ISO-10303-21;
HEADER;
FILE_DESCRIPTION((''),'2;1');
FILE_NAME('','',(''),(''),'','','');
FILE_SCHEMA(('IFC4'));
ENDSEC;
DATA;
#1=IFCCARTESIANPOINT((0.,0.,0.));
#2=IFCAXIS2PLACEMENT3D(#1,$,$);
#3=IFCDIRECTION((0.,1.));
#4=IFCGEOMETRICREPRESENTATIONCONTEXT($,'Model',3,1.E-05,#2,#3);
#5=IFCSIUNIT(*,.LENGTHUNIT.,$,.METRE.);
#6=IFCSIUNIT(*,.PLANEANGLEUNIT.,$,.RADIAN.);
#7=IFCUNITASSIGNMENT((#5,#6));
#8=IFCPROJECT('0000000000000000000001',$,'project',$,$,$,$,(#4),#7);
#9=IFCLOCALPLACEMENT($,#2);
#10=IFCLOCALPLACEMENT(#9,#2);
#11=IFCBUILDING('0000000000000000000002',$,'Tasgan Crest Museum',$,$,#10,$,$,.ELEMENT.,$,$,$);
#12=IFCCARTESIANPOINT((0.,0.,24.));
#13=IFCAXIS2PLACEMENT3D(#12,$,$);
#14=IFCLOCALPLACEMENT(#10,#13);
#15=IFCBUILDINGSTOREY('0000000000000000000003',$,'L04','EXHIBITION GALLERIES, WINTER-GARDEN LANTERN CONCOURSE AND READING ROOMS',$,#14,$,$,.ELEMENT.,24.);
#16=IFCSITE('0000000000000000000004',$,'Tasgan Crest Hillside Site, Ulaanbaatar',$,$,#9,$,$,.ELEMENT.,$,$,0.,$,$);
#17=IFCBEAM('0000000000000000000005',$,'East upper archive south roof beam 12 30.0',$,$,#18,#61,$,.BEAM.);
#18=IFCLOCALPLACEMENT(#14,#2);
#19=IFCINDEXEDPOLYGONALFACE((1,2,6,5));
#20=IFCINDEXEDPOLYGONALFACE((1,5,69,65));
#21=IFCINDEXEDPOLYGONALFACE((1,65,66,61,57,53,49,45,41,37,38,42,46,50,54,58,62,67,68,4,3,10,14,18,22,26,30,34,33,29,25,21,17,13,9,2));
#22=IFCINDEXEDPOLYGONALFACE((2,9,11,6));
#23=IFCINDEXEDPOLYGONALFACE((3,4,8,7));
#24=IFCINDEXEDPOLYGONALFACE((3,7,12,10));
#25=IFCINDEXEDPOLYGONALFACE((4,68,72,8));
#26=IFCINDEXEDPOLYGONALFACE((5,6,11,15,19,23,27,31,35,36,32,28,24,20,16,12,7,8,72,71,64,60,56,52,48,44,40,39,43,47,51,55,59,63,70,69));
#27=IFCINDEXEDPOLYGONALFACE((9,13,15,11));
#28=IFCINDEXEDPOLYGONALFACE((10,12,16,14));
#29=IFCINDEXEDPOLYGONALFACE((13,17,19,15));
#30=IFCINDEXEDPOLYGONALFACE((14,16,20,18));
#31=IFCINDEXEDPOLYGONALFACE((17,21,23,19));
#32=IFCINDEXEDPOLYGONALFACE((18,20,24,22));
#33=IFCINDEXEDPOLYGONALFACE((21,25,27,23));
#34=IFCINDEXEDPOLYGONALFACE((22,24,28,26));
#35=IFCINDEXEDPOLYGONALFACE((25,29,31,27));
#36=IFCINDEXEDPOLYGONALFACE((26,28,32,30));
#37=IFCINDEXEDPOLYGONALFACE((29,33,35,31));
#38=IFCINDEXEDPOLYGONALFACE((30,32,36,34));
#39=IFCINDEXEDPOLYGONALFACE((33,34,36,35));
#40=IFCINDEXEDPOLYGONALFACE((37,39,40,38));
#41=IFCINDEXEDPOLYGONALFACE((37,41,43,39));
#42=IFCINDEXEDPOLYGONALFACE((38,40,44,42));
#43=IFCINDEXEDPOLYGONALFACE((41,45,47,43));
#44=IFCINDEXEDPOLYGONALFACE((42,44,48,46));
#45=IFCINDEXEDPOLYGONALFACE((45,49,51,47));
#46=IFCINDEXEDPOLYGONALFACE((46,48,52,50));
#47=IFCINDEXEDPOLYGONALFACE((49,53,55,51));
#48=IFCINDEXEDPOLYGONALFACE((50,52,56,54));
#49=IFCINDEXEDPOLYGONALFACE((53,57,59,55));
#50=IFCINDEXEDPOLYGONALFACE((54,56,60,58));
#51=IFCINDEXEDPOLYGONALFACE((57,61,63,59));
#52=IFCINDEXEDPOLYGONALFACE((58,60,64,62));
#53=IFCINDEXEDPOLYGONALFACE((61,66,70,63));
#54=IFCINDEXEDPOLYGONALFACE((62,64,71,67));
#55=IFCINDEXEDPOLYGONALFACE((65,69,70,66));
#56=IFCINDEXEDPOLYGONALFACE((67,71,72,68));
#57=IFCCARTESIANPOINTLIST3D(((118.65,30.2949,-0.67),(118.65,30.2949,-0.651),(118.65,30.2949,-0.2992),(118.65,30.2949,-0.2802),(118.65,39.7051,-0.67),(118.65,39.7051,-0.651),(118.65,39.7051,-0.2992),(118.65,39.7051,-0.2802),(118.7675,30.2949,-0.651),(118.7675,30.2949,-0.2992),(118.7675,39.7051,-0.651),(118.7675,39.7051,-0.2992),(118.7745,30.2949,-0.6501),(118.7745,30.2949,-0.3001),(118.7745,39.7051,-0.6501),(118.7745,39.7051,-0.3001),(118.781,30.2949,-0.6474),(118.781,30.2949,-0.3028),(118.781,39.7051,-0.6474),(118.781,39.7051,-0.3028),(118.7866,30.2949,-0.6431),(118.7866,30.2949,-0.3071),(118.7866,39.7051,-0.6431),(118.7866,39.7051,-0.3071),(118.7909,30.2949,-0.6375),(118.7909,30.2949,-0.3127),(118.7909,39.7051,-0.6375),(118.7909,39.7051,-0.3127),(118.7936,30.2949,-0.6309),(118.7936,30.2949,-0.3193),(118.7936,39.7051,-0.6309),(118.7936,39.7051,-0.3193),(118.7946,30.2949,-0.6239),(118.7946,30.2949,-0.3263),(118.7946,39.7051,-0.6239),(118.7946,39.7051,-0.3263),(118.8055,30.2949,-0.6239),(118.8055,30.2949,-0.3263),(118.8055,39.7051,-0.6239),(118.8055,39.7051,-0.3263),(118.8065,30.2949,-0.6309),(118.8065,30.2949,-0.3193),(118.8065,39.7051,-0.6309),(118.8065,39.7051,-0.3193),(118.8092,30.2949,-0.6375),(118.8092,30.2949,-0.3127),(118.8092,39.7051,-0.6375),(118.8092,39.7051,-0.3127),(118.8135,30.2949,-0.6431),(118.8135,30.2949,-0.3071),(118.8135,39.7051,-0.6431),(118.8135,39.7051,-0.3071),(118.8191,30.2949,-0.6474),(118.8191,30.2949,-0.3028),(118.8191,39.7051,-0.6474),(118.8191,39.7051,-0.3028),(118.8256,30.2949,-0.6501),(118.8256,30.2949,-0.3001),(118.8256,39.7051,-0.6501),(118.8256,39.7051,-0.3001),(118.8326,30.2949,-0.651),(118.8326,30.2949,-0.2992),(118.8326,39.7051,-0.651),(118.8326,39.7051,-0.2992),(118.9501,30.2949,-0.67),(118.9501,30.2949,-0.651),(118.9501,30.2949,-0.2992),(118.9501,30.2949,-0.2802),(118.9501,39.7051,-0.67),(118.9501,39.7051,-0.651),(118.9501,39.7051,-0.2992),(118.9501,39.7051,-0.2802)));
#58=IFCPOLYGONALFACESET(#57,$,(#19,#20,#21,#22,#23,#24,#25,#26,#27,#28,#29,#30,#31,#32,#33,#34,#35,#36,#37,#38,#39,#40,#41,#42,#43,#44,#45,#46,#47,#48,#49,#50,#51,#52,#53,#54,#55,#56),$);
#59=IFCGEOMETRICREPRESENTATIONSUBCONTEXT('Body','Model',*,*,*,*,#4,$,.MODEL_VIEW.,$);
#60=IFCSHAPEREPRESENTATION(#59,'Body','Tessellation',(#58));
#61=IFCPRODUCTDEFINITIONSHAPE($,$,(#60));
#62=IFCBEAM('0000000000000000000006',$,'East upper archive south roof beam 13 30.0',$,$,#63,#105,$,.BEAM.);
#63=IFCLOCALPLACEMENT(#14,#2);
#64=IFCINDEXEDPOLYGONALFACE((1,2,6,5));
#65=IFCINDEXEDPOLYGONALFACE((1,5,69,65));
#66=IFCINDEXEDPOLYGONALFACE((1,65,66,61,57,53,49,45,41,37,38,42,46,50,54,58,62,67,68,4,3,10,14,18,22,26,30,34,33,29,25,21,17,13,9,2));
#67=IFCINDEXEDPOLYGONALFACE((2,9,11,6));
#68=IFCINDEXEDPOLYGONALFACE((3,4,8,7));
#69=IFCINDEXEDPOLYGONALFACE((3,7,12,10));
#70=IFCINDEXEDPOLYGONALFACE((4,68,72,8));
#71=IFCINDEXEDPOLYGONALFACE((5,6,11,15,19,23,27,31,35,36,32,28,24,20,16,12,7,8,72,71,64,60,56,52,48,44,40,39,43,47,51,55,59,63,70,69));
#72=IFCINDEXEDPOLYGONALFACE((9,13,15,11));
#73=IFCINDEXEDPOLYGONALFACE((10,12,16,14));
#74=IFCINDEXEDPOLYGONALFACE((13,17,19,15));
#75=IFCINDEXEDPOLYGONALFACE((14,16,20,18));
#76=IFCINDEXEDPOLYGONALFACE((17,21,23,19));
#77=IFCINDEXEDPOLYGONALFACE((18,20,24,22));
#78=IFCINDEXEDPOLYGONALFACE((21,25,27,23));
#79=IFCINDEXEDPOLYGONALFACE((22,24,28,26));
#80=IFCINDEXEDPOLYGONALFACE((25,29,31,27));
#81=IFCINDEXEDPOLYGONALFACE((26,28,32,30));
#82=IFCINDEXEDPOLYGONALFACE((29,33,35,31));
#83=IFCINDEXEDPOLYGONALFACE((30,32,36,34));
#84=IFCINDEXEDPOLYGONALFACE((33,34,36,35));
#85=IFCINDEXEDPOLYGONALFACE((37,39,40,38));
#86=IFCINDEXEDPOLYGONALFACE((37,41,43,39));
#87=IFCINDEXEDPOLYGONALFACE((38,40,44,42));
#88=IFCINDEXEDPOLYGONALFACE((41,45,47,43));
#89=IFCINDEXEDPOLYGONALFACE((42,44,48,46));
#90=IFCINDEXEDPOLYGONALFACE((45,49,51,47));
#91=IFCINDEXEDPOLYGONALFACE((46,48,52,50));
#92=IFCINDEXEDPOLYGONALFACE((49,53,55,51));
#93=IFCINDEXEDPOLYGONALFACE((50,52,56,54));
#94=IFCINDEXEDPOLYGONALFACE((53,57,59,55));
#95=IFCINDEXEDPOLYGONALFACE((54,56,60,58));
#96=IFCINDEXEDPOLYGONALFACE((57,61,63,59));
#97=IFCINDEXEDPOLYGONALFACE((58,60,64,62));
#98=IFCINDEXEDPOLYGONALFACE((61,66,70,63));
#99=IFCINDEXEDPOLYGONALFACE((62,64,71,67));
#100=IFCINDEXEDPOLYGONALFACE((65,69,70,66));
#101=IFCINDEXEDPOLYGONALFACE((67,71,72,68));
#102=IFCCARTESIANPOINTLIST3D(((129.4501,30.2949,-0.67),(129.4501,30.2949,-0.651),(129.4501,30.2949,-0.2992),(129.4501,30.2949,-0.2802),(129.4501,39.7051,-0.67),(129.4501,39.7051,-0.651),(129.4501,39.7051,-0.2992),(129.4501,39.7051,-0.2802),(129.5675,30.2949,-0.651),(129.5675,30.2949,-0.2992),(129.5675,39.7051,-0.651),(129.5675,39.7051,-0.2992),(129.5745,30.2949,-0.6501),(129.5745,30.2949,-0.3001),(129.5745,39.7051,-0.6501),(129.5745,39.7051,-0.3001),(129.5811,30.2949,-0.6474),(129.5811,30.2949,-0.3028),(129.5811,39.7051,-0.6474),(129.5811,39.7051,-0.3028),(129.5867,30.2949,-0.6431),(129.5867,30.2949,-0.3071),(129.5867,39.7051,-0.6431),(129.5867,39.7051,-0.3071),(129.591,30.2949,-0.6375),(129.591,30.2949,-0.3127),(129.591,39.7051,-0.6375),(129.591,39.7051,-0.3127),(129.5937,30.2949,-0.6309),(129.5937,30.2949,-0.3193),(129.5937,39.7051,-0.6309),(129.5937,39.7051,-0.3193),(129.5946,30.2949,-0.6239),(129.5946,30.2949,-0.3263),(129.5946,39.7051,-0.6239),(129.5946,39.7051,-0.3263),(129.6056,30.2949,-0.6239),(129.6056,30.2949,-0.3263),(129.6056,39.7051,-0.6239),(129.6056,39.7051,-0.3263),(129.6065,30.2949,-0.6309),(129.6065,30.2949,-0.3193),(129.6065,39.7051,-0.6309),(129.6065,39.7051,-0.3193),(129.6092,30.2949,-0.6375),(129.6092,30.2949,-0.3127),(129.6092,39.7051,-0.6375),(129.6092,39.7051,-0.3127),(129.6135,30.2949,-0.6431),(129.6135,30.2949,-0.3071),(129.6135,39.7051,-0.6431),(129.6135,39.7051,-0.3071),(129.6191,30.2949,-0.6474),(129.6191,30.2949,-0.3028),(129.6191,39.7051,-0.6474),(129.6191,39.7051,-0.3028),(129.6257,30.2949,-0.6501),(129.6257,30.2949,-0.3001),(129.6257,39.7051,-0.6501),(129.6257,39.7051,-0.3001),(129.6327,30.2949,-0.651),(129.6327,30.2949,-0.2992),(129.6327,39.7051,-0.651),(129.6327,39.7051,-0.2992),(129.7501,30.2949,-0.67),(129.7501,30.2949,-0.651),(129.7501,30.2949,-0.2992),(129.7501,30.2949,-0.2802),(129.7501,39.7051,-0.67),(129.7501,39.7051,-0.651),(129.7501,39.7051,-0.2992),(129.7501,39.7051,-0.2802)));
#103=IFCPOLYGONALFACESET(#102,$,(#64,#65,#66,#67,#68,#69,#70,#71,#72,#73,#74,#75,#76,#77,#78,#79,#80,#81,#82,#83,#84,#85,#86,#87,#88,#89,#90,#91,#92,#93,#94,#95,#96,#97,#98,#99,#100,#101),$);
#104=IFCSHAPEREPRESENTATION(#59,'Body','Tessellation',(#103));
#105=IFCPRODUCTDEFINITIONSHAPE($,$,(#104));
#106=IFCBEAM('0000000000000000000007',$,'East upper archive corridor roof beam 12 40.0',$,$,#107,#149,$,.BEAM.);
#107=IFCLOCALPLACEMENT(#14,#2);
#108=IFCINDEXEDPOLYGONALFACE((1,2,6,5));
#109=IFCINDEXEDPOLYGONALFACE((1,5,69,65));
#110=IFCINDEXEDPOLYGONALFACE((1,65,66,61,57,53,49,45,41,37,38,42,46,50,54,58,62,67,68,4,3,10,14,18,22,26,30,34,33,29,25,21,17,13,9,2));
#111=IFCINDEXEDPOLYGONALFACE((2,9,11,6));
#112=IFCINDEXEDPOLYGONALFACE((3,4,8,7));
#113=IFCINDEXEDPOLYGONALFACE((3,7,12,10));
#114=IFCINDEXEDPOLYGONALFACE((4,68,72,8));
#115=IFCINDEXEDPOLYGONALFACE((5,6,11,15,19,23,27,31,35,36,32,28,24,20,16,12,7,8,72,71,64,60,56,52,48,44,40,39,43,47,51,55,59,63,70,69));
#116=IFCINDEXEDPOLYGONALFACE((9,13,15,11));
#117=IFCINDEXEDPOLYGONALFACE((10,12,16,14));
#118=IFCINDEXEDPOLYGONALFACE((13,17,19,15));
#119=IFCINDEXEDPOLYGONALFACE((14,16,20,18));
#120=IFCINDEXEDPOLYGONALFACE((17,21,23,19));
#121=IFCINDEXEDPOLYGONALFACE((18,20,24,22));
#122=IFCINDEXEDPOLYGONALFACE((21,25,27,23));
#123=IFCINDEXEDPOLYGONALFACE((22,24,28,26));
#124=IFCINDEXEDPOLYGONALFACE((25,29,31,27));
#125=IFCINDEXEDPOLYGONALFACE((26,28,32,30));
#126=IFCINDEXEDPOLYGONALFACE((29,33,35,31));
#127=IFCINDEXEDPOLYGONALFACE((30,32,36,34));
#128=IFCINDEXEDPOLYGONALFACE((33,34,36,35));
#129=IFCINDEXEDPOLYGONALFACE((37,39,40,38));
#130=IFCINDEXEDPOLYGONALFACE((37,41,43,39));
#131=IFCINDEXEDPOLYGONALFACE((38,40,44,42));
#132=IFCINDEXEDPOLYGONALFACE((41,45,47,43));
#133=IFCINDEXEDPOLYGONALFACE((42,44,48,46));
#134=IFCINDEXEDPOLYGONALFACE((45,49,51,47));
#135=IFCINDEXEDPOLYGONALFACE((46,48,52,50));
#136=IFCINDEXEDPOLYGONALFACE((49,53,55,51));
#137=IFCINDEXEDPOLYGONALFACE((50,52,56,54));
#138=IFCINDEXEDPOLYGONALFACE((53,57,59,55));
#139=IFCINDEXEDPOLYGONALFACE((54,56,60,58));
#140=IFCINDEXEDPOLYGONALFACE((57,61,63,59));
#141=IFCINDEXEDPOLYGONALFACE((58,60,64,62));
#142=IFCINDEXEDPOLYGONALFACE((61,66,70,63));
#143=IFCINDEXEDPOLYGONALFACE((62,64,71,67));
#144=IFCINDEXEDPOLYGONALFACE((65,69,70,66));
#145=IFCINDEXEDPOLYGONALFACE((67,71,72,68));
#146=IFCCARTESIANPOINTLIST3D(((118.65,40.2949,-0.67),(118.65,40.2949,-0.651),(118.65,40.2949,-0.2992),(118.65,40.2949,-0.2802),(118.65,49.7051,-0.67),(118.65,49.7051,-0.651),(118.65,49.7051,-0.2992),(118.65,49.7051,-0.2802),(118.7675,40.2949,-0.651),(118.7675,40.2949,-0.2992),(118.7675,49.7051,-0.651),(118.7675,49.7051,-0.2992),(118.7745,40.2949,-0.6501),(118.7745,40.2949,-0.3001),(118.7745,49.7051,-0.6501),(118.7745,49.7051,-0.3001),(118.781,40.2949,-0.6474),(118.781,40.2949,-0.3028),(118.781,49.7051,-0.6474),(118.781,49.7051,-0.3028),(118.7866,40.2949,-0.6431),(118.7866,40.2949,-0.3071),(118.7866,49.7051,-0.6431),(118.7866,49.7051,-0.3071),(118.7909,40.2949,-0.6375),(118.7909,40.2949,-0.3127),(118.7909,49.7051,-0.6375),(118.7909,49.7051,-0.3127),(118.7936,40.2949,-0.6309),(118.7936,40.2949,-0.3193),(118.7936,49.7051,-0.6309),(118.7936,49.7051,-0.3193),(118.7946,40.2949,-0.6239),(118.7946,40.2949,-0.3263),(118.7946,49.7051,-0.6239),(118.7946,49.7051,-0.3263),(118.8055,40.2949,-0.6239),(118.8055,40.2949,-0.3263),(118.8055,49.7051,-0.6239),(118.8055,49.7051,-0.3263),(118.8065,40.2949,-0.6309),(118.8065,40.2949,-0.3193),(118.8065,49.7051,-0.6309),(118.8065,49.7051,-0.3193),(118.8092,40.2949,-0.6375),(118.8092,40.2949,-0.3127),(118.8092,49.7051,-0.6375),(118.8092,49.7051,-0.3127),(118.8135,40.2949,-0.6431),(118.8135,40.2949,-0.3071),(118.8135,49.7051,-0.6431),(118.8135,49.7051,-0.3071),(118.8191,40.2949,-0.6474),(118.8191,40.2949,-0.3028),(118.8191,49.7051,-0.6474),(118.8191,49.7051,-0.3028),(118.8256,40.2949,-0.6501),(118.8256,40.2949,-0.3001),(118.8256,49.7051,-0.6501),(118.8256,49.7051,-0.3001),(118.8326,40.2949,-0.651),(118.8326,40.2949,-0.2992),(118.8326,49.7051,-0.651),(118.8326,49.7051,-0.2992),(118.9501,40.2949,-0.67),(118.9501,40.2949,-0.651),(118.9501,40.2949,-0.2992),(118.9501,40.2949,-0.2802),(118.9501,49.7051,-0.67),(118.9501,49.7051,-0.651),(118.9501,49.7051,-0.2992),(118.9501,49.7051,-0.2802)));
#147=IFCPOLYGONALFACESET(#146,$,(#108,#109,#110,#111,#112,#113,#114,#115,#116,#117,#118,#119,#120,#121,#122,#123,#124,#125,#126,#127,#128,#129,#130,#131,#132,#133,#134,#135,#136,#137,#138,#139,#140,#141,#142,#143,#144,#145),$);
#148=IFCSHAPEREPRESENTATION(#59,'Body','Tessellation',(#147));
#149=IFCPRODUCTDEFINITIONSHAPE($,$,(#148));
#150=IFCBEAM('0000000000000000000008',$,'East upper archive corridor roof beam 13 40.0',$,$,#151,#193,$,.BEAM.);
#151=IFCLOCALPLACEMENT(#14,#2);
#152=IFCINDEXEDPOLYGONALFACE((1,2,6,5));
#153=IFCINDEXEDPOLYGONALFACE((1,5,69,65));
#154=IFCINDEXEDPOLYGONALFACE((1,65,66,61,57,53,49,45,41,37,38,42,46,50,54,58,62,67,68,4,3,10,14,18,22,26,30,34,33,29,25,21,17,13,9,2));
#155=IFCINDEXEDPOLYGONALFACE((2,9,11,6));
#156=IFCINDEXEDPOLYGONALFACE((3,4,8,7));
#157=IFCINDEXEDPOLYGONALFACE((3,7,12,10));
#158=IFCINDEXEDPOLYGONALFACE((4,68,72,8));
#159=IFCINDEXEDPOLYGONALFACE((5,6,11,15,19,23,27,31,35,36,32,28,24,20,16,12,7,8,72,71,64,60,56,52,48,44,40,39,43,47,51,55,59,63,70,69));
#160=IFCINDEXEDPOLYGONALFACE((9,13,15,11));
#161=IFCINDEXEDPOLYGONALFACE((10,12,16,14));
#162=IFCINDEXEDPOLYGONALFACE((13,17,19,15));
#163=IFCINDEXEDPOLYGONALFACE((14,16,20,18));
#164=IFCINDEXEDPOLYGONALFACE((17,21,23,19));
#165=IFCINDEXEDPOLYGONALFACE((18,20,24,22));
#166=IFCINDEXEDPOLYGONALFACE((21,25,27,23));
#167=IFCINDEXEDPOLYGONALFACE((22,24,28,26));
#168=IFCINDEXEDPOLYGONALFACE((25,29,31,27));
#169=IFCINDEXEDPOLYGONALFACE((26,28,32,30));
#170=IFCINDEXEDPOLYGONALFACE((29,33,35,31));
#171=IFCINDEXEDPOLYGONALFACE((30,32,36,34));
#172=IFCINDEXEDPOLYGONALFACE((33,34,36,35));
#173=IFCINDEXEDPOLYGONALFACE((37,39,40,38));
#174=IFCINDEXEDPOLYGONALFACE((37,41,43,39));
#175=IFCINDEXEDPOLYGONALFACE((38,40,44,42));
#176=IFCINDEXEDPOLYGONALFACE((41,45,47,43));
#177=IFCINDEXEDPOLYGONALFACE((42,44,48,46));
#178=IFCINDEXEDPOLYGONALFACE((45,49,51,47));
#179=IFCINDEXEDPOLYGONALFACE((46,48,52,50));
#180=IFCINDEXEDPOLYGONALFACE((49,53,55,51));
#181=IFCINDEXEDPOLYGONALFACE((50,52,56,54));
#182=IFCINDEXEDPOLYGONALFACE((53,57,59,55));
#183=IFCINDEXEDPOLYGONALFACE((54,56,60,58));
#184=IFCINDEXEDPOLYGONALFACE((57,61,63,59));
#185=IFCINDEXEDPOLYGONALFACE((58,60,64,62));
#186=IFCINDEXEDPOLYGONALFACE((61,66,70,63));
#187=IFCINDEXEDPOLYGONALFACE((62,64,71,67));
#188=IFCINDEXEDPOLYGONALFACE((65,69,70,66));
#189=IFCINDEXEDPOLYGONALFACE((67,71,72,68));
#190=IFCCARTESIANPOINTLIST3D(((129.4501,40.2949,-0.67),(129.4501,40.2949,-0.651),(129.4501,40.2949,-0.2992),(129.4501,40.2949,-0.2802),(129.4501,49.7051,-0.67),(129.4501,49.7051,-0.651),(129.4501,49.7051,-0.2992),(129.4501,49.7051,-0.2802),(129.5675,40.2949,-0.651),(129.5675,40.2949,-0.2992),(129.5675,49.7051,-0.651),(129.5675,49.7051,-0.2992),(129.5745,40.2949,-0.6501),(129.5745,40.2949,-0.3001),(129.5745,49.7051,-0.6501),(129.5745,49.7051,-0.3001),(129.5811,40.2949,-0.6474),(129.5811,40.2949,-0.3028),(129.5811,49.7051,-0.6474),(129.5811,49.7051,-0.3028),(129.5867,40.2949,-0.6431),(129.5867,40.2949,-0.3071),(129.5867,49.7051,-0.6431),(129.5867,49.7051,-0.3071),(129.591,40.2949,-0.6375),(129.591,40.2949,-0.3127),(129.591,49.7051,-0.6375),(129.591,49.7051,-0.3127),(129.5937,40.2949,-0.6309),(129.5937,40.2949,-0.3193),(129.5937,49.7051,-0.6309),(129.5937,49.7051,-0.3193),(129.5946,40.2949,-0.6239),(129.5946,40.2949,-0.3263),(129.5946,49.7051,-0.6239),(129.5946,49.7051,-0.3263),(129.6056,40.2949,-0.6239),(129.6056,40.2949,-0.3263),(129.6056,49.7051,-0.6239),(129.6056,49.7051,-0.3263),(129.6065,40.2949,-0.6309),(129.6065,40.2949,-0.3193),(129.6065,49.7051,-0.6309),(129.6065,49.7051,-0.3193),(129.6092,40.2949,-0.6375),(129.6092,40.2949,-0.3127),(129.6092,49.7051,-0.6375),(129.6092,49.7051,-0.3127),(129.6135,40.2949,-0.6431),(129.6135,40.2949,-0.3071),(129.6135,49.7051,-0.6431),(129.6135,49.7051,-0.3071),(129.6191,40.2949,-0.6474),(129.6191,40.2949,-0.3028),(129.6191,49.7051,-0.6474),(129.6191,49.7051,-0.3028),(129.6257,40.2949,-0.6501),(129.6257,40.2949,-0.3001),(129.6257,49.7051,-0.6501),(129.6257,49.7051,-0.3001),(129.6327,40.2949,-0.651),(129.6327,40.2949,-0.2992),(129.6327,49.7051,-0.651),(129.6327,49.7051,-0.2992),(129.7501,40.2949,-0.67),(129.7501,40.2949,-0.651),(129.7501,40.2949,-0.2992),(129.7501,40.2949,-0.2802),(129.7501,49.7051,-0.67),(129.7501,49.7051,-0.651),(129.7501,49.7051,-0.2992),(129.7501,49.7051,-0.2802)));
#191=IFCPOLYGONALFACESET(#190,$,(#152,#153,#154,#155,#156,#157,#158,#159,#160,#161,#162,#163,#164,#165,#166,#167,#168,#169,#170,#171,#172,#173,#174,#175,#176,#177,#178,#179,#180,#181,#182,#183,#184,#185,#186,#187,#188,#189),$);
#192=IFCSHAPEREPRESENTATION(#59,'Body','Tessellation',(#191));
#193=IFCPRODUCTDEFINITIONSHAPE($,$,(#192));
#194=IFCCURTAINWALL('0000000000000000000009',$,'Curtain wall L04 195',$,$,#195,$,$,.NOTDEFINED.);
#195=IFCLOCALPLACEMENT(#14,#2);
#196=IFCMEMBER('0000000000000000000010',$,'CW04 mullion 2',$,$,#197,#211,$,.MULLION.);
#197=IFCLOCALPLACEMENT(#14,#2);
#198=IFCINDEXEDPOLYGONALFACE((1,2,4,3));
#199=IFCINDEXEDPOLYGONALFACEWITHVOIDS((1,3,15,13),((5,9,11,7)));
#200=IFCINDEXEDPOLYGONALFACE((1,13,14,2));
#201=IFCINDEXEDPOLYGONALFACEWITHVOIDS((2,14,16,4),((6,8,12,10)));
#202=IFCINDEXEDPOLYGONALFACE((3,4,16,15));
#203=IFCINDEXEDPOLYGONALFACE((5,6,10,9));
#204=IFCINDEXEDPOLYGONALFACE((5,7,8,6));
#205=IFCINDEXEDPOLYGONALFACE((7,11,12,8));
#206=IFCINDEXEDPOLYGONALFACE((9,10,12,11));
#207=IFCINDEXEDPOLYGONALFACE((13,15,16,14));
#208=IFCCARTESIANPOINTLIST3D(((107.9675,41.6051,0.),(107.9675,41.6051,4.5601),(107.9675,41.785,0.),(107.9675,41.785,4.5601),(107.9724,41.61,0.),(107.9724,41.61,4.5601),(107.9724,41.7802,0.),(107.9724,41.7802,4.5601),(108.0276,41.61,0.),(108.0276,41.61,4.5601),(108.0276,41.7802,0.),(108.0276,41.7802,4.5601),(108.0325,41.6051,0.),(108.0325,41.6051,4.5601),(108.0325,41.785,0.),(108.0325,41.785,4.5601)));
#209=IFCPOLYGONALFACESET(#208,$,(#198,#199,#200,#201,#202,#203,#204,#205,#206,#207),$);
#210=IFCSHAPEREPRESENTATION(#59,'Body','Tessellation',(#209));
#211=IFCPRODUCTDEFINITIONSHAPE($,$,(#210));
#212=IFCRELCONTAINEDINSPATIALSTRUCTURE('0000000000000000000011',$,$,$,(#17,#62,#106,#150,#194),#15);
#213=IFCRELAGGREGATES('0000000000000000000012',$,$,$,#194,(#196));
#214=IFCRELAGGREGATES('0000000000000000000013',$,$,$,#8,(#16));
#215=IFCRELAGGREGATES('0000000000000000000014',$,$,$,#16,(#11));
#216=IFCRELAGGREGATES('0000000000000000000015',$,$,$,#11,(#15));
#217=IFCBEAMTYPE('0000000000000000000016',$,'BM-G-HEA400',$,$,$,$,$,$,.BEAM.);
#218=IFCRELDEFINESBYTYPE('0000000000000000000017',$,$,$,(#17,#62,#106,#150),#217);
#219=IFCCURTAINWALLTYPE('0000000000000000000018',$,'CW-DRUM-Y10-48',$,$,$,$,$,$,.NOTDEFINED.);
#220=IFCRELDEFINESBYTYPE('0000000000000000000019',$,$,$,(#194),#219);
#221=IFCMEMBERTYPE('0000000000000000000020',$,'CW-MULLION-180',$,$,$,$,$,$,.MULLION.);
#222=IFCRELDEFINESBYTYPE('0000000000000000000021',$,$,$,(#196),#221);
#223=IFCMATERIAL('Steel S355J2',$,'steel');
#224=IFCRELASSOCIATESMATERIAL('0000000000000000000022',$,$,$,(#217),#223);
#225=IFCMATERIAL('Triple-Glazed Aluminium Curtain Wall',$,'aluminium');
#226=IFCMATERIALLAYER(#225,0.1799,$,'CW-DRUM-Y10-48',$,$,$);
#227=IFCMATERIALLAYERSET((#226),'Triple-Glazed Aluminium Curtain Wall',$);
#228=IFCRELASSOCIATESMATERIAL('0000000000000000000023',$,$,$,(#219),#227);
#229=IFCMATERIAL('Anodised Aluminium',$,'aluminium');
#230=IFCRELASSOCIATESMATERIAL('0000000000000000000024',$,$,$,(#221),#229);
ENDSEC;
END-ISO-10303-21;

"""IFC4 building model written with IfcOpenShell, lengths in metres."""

from ifc_helpers import new_model, si_unit, direction, frame, origin, origin_2d, place, context, subcontext, project, spatial, hollow_rectangle, i_section, extrude, material, layer, layer_set, material_profile, profile_set, type_object, element, aggregate, save


model = new_model("IFC4")

# Units and contexts
model_context = context("Model", 3, precision=1e-05, world=origin(), true_north=direction((0.0, 1.0)))
body_context = subcontext(model_context, "Body", "Model", "MODEL_VIEW")
ifc_project = project(units=[si_unit("LENGTHUNIT", "METRE"), si_unit("PLANEANGLEUNIT", "RADIAN")], contexts=[model_context])

# Site, building, storey
site_placement = place(None, origin())
site = spatial("IfcSite", under=ifc_project, at=site_placement, Name="Tasgan Crest Hillside Site, Ulaanbaatar", CompositionType="ELEMENT", RefElevation=0.0)
building_placement = place(site_placement, origin())
building = spatial("IfcBuilding", under=site, at=building_placement, Name="Tasgan Crest Museum", CompositionType="ELEMENT")
storey_placement = place(building_placement, frame((0.0, 0.0, 24.0)))
storey = spatial("IfcBuildingStorey", under=building, at=storey_placement, Name="L04", Description="EXHIBITION GALLERIES, WINTER-GARDEN LANTERN CONCOURSE AND READING ROOMS", CompositionType="ELEMENT", Elevation=24.0)

# Beams
ifc_material_1 = material(Name="Steel S355J2", Category="steel")
ifc_material_profile_1 = material_profile(ifc_material_1, i_section(OverallWidth=0.3, OverallDepth=0.3899, WebThickness=0.011, FlangeThickness=0.019, FilletRadius=0.0271, at=origin_2d()), Name="HEA 400")
ifc_profile_set_1 = profile_set([ifc_material_profile_1], Name="Steel S355J2")
beam_type = type_object("IfcBeamType", Name="BM-G-HEA400", PredefinedType="BEAM", material=ifc_profile_set_1)
for number, where, z_axis, x_axis, name in (
    (1, (118.8, 30.2949, -0.4751), (0.0, 1.0, 0.0), (-1.0, 0.0, 0.0), "East upper archive south roof beam 12 30.0"),
    (2, (129.6001, 30.2949, -0.4751), (0.0, 1.0, 0.0), (-1.0, 0.0, 0.0), "East upper archive south roof beam 13 30.0"),
    (3, (118.8, 40.2949, -0.4751), (0.0, 1.0, 0.0), (-1.0, 0.0, 0.0), "East upper archive corridor roof beam 12 40.0"),
    (4, (129.6001, 40.2949, -0.4751), (0.0, 1.0, 0.0), (-1.0, 0.0, 0.0), "East upper archive corridor roof beam 13 40.0"),
):
    element("IfcBeam", number, at=place(storey_placement, frame(where, z_axis=z_axis, x_axis=x_axis)), inside=storey, type_object=beam_type, Name=name, PredefinedType="BEAM", context=body_context, shape_type="SweptSolid", body=[
        extrude(i_section(OverallWidth=0.3, OverallDepth=0.3899, WebThickness=0.011, FlangeThickness=0.019, FilletRadius=0.0271, at=origin_2d()), origin(), (0.0, 0.0, 1.0), 9.4102),
    ])

# Curtain wall, member
ifc_material_2 = material(Name="Triple-Glazed Aluminium Curtain Wall", Category="aluminium")
ifc_layer_1 = layer(ifc_material_2, 0.1799, Name="CW-DRUM-Y10-48")
ifc_layer_set_1 = layer_set([ifc_layer_1], Name="Triple-Glazed Aluminium Curtain Wall")
curtain_wall_type = type_object("IfcCurtainWallType", Name="CW-DRUM-Y10-48", PredefinedType="NOTDEFINED", material=ifc_layer_set_1)
curtain_wall_placement = place(storey_placement, origin())
curtain_wall = element("IfcCurtainWall", 5, at=curtain_wall_placement, inside=storey, type_object=curtain_wall_type, Name="Curtain wall L04 195", PredefinedType="NOTDEFINED")
ifc_material_3 = material(Name="Anodised Aluminium", Category="aluminium")
ifc_material_profile_2 = material_profile(ifc_material_3, hollow_rectangle(XDim=0.0649, YDim=0.1799, WallThickness=0.0049, at=origin_2d()), Name="ALU MULLION 180x65x5")
ifc_profile_set_2 = profile_set([ifc_material_profile_2], Name="Anodised Aluminium")
member_type_1 = type_object("IfcMemberType", Name="CW-MULLION-180", PredefinedType="MULLION", material=ifc_profile_set_2)
member_1_placement = place(storey_placement, frame((108.0, 41.6951, 0.0), z_axis=(0.0, 0.0, 1.0), x_axis=(-1.0, 0.0, 0.0)))
member_1 = element("IfcMember", 6, at=member_1_placement, type_object=member_type_1, Name="CW04 mullion 2", PredefinedType="MULLION", context=body_context, shape_type="SweptSolid", body=[
    extrude(hollow_rectangle(XDim=0.0649, YDim=0.1799, WallThickness=0.0049, at=origin_2d()), origin(), (0.0, 0.0, 1.0), 4.5601),
])
aggregate(curtain_wall, [member_1])

save(model, "model.ifc")
